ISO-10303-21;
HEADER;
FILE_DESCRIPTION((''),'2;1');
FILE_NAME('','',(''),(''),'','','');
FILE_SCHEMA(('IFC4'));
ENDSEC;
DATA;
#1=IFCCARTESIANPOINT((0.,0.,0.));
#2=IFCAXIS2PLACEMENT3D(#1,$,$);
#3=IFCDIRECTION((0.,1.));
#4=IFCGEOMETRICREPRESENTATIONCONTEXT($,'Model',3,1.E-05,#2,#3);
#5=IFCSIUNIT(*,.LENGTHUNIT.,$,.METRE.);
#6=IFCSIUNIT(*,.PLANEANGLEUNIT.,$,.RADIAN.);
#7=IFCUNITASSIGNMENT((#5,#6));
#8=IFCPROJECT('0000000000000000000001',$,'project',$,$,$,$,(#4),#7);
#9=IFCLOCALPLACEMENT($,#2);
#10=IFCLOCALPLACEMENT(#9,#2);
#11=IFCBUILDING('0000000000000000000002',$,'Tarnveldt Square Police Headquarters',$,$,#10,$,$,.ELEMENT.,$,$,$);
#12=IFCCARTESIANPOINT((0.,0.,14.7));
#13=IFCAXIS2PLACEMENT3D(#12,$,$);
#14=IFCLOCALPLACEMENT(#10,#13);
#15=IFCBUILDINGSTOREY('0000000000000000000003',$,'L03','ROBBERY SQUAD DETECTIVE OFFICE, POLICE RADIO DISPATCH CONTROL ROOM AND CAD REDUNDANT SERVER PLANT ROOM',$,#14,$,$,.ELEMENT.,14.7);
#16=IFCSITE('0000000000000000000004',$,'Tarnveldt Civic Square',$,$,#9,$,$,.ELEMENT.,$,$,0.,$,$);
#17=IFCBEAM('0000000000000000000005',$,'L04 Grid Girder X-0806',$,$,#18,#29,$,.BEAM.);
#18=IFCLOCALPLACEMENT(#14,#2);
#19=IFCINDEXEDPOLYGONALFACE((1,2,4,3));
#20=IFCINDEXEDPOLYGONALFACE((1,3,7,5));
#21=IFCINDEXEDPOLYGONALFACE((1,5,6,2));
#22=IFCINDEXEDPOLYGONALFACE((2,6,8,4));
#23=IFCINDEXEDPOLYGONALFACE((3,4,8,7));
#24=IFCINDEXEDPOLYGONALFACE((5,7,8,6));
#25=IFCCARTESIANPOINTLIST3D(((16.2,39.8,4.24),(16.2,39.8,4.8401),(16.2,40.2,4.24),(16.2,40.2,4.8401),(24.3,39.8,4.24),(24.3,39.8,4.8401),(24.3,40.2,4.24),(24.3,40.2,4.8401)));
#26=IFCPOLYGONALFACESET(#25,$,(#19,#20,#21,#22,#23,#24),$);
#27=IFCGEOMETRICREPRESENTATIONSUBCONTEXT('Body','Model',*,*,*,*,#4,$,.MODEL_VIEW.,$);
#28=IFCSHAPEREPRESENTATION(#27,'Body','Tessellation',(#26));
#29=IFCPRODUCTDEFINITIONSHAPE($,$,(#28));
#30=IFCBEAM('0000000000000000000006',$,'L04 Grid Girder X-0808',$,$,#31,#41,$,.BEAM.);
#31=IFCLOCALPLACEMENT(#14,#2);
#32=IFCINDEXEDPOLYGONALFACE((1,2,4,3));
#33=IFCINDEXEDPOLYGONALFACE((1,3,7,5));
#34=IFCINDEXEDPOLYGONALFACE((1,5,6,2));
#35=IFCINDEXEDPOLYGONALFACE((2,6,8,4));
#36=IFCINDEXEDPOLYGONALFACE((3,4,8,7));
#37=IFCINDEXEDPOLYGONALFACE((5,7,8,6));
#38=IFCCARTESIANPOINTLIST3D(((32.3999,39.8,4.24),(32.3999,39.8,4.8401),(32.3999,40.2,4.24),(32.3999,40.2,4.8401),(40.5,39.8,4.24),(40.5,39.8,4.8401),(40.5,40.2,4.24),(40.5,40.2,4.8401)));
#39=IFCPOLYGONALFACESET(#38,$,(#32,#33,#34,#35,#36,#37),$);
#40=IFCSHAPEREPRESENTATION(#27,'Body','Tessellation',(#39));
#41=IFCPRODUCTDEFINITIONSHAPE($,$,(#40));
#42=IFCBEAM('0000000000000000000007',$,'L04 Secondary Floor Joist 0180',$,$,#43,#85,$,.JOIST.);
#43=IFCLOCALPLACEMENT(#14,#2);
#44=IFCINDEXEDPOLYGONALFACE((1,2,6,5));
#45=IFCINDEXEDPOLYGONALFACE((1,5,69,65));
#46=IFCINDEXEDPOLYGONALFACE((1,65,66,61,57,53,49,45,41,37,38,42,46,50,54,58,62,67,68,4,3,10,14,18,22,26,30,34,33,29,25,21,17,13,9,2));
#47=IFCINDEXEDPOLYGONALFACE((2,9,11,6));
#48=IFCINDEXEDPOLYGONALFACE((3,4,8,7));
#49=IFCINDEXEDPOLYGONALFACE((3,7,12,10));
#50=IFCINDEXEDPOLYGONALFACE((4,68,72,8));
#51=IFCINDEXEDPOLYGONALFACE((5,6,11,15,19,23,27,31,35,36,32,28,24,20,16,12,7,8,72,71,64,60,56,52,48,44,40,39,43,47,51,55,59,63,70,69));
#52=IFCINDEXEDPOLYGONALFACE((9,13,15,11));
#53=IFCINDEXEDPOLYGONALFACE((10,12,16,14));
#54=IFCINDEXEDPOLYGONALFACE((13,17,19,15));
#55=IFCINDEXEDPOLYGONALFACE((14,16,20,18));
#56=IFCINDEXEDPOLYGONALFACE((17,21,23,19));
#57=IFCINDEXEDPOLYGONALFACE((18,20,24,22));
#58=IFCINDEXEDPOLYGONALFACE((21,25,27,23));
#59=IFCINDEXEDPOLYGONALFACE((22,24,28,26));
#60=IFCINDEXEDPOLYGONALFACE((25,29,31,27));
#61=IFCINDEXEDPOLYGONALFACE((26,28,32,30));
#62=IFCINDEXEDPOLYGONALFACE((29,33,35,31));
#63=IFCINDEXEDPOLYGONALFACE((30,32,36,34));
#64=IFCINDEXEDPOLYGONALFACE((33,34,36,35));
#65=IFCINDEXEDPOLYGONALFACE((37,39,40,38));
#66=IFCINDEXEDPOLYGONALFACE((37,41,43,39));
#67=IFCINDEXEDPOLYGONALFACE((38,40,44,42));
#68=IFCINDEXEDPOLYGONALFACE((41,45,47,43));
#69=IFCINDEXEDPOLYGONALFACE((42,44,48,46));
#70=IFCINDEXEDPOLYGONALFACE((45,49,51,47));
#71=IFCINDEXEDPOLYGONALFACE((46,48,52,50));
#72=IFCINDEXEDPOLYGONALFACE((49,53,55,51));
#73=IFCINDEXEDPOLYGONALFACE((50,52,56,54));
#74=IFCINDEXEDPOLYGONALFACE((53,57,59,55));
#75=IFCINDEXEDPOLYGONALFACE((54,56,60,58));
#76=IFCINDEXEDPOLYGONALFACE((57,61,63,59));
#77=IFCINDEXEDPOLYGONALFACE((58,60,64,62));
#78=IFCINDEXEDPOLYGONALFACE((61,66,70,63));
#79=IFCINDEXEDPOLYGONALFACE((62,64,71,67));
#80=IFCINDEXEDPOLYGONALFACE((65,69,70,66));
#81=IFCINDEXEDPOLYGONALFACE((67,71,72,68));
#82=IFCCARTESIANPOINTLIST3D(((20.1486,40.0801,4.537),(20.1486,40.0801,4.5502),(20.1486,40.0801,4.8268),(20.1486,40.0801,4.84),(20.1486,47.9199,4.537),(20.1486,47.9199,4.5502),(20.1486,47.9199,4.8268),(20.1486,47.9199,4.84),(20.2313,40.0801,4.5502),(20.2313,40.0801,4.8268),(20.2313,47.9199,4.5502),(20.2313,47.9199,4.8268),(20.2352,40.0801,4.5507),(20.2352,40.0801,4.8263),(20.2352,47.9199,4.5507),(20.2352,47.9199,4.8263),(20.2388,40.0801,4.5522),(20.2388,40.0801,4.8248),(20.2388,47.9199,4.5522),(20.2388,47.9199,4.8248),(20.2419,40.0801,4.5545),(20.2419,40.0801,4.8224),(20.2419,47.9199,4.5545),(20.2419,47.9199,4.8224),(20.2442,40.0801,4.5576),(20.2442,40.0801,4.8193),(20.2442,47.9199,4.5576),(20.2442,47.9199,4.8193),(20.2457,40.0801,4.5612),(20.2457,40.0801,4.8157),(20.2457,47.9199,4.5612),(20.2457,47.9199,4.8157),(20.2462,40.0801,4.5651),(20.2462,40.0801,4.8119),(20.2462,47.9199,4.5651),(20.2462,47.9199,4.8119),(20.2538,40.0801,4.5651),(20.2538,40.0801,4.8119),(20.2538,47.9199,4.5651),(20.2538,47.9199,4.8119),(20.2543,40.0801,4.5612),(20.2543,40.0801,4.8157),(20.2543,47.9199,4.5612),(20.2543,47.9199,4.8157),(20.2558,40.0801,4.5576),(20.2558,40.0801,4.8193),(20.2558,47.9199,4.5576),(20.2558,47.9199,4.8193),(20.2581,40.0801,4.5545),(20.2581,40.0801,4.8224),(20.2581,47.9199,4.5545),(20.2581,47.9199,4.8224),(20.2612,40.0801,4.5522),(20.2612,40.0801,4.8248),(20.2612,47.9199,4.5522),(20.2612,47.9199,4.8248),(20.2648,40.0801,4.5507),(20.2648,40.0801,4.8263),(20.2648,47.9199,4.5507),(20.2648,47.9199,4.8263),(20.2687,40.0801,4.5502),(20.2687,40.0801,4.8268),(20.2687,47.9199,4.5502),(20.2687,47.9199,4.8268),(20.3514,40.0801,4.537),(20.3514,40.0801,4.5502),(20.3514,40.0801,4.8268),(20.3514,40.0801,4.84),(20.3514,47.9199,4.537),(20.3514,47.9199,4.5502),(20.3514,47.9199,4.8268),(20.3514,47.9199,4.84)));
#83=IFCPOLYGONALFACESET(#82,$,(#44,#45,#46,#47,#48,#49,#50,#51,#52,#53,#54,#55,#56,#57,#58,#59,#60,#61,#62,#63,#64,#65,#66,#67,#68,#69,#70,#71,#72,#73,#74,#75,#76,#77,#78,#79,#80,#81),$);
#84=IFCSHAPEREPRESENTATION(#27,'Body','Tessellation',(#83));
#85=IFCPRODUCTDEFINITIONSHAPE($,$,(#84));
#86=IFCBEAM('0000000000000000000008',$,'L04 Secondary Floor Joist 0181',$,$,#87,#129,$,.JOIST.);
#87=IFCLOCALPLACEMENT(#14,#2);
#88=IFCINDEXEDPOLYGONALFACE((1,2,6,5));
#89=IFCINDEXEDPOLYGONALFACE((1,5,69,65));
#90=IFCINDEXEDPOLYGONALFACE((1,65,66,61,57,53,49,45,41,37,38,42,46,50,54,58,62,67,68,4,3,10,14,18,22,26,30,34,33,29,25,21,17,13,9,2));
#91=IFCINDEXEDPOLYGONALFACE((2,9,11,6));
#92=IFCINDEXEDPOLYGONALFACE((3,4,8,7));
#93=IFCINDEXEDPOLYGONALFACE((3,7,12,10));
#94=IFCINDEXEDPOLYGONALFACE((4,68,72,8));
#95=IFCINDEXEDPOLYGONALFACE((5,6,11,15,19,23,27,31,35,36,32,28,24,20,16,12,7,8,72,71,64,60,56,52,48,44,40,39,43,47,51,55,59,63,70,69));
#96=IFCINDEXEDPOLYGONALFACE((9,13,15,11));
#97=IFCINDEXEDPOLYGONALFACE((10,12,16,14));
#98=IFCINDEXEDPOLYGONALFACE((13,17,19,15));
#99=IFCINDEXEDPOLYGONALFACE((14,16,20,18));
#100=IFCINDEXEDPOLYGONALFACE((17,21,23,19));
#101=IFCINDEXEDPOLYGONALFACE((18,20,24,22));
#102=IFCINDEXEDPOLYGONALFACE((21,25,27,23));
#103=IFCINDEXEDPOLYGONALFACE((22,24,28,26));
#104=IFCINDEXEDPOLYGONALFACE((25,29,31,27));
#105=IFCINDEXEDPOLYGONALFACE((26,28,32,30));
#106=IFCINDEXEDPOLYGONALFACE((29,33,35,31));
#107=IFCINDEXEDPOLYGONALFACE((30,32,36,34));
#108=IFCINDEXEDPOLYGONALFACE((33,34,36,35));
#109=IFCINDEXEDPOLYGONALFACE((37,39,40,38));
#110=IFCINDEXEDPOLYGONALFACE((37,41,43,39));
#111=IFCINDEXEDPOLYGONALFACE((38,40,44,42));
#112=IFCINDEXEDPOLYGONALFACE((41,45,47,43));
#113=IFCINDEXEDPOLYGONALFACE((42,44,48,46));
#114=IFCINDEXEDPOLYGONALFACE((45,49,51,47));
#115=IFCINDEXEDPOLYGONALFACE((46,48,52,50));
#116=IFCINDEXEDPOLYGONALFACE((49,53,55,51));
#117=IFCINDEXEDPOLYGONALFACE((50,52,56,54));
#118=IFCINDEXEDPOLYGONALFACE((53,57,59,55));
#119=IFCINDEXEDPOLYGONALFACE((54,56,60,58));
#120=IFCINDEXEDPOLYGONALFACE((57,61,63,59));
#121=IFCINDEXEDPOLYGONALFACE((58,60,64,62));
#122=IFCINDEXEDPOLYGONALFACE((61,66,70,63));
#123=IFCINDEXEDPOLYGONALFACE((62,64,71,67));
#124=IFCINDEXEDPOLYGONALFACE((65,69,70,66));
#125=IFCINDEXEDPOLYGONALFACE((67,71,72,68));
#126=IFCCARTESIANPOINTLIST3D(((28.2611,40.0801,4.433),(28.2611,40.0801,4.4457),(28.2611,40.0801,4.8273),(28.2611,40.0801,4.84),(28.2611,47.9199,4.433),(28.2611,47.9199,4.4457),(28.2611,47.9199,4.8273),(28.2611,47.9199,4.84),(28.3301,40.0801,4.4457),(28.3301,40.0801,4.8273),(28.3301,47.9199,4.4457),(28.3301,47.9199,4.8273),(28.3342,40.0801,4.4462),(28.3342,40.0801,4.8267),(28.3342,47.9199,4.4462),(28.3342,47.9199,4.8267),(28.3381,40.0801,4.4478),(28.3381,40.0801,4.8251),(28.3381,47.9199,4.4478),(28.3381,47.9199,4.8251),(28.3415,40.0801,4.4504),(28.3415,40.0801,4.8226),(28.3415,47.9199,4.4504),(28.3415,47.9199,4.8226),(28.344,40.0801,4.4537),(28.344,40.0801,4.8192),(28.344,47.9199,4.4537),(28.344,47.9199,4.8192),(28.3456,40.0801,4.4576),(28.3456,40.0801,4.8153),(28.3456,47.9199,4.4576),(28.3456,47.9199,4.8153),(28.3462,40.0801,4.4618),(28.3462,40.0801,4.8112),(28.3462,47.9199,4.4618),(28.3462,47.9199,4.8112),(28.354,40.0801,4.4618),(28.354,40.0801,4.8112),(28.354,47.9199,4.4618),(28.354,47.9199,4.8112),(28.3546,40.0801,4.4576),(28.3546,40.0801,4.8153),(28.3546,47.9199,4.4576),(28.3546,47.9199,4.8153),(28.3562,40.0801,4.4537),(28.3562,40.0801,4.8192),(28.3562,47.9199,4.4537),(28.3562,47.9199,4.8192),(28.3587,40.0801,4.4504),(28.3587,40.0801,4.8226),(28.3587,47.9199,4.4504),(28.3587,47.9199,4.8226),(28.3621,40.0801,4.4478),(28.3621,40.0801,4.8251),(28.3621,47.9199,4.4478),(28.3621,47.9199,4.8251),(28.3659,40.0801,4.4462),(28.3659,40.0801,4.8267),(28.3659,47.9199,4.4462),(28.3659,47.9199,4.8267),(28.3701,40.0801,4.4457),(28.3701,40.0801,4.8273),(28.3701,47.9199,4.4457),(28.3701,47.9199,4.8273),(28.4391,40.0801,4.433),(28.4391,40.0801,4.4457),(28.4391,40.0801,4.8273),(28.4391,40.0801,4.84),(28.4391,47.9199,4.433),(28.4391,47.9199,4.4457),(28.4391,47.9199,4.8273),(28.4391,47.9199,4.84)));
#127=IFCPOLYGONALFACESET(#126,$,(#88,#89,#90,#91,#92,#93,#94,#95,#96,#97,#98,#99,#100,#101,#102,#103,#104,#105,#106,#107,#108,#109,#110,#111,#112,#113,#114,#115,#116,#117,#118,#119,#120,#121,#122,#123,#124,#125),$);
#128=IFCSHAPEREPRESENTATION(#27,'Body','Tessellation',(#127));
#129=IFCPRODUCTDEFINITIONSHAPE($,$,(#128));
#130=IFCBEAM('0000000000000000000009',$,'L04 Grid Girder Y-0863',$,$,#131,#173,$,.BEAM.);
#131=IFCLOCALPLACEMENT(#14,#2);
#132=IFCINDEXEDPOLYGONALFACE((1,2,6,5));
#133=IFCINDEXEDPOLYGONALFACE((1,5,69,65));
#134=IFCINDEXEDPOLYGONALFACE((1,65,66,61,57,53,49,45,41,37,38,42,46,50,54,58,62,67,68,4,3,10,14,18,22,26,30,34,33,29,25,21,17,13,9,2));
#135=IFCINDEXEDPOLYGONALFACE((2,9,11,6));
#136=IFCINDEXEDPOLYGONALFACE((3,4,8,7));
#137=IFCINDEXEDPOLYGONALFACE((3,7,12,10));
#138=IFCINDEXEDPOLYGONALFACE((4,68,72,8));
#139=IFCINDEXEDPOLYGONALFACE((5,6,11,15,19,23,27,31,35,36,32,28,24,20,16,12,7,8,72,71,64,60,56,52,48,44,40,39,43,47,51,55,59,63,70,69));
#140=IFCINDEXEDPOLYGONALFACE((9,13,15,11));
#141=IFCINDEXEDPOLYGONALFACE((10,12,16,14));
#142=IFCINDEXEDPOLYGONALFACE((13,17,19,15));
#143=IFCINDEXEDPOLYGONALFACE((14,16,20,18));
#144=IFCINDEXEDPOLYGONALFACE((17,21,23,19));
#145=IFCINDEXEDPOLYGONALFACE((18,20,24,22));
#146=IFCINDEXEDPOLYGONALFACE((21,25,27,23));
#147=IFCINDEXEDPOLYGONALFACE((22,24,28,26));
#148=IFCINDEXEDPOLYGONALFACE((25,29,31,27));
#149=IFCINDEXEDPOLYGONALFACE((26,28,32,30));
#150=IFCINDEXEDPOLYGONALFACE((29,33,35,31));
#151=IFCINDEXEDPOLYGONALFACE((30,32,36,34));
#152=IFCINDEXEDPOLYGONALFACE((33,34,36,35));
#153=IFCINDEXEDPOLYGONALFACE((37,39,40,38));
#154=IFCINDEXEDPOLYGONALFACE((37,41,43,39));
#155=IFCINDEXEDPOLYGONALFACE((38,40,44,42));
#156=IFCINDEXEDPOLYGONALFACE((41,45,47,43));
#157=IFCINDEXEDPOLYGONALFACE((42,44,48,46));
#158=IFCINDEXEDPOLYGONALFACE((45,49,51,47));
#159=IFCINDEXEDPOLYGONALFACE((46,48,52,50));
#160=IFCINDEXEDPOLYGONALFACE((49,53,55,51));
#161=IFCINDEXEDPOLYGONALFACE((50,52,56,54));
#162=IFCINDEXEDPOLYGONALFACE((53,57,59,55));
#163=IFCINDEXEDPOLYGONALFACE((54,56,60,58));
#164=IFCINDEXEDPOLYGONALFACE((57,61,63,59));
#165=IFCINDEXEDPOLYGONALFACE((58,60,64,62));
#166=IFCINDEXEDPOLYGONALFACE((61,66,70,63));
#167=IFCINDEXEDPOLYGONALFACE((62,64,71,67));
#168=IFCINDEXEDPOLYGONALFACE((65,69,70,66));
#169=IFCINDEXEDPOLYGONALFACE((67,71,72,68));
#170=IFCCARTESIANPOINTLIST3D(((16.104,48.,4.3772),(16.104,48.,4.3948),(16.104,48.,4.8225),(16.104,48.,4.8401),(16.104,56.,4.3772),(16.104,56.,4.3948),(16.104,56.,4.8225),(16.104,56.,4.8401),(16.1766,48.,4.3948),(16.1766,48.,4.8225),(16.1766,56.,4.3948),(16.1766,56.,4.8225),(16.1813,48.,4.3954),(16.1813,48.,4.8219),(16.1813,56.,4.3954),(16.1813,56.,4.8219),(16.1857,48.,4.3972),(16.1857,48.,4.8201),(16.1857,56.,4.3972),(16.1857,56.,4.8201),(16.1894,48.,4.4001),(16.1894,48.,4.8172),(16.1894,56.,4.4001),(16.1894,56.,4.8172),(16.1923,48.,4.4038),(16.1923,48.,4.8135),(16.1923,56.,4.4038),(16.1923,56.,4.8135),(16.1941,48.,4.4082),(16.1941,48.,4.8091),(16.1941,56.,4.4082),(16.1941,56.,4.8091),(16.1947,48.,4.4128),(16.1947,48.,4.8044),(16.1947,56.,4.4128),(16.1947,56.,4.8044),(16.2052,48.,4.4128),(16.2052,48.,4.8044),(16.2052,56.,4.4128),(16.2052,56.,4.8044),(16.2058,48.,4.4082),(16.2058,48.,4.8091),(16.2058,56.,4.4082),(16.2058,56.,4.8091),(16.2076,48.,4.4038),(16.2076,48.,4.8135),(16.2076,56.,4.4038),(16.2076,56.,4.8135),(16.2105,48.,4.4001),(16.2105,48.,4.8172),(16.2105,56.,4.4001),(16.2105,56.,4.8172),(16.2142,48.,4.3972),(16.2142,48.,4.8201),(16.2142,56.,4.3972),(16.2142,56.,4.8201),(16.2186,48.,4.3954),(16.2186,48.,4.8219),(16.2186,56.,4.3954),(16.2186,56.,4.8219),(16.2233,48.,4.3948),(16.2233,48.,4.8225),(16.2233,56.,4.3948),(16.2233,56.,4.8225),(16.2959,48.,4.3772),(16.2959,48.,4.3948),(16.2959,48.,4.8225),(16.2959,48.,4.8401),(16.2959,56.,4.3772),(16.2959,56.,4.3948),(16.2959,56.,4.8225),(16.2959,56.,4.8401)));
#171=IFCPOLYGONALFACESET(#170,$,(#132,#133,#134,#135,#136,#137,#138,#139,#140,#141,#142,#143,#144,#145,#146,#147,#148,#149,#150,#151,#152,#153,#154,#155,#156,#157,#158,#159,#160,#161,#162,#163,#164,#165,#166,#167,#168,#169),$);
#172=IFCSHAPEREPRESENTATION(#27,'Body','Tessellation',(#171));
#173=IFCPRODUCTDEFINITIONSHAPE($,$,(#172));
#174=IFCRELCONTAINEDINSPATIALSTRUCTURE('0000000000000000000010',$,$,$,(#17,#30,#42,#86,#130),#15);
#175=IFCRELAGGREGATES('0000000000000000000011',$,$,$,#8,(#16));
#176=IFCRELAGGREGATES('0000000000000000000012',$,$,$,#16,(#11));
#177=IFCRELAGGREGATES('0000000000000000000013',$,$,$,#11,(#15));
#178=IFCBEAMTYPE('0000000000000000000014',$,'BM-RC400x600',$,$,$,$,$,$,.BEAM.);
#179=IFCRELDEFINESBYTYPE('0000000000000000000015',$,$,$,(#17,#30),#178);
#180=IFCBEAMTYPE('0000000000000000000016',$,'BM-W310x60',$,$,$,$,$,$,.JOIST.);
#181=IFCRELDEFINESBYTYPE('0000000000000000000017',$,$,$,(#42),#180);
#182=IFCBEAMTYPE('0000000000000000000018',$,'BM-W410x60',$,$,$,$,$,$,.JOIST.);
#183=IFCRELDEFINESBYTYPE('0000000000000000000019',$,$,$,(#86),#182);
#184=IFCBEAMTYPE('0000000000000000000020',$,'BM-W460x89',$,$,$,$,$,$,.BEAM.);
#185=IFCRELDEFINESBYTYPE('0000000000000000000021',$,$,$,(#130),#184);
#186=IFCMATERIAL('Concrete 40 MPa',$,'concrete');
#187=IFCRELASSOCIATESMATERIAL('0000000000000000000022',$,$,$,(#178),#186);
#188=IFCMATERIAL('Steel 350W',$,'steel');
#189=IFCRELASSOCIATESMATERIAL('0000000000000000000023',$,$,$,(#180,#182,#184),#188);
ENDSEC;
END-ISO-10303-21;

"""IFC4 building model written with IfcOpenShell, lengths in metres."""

from ifc_helpers import new_model, si_unit, direction, frame, origin, origin_2d, place, context, subcontext, project, spatial, rectangle, i_section, extrude, material, material_profile, profile_set, type_object, element, save


model = new_model("IFC4")

# Units and contexts
model_context = context("Model", 3, precision=1e-05, world=origin(), true_north=direction((0.0, 1.0)))
body_context = subcontext(model_context, "Body", "Model", "MODEL_VIEW")
ifc_project = project(units=[si_unit("LENGTHUNIT", "METRE"), si_unit("PLANEANGLEUNIT", "RADIAN")], contexts=[model_context])

# Site, building, storey
site_placement = place(None, origin())
site = spatial("IfcSite", under=ifc_project, at=site_placement, Name="Tarnveldt Civic Square", CompositionType="ELEMENT", RefElevation=0.0)
building_placement = place(site_placement, origin())
building = spatial("IfcBuilding", under=site, at=building_placement, Name="Tarnveldt Square Police Headquarters", CompositionType="ELEMENT")
storey_placement = place(building_placement, frame((0.0, 0.0, 14.7)))
storey = spatial("IfcBuildingStorey", under=building, at=storey_placement, Name="L03", Description="ROBBERY SQUAD DETECTIVE OFFICE, POLICE RADIO DISPATCH CONTROL ROOM AND CAD REDUNDANT SERVER PLANT ROOM", CompositionType="ELEMENT", Elevation=14.7)

# Shared definitions
ifc_material_1 = material(Name="Concrete 40 MPa", Category="concrete")
ifc_material_2 = material(Name="Steel 350W", Category="steel")

# Beams
ifc_material_profile_1 = material_profile(ifc_material_1, rectangle(XDim=0.3999, YDim=0.6001, at=origin_2d()), Name="RC-B400x600")
ifc_profile_set_1 = profile_set([ifc_material_profile_1], Name="Concrete 40 MPa")
beam_type_1 = type_object("IfcBeamType", Name="BM-RC400x600", PredefinedType="BEAM", material=ifc_profile_set_1)
for number, where, z_axis, x_axis, name in (
    (1, (16.2, 40.0, 4.54), (1.0, 0.0, 0.0), (0.0, 1.0, 0.0), "L04 Grid Girder X-0806"),
    (2, (32.3999, 40.0, 4.54), (1.0, 0.0, 0.0), (0.0, 1.0, 0.0), "L04 Grid Girder X-0808"),
):
    element("IfcBeam", number, at=place(storey_placement, frame(where, z_axis=z_axis, x_axis=x_axis)), inside=storey, type_object=beam_type_1, Name=name, PredefinedType="BEAM", context=body_context, shape_type="SweptSolid", body=[
        extrude(rectangle(XDim=0.3999, YDim=0.6001, at=origin_2d()), origin(), (0.0, 0.0, 1.0), 8.1001),
    ])
ifc_material_profile_2 = material_profile(ifc_material_2, i_section(OverallWidth=0.2029, OverallDepth=0.303, WebThickness=0.0076, FlangeThickness=0.0132, FilletRadius=0.0149, at=origin_2d()), Name="W310x60")
ifc_profile_set_2 = profile_set([ifc_material_profile_2], Name="Steel 350W")
beam_type_2 = type_object("IfcBeamType", Name="BM-W310x60", PredefinedType="JOIST", material=ifc_profile_set_2)
beam_1_placement = place(storey_placement, frame((20.25, 40.0801, 4.6885), z_axis=(0.0, 1.0, 0.0), x_axis=(-1.0, 0.0, 0.0)))
element("IfcBeam", 3, at=beam_1_placement, inside=storey, type_object=beam_type_2, Name="L04 Secondary Floor Joist 0180", PredefinedType="JOIST", context=body_context, shape_type="SweptSolid", body=[
    extrude(i_section(OverallWidth=0.2029, OverallDepth=0.303, WebThickness=0.0076, FlangeThickness=0.0132, FilletRadius=0.0149, at=origin_2d()), origin(), (0.0, 0.0, 1.0), 7.8398),
])
ifc_material_profile_3 = material_profile(ifc_material_2, i_section(OverallWidth=0.178, OverallDepth=0.407, WebThickness=0.0078, FlangeThickness=0.0127, FilletRadius=0.0161, at=origin_2d()), Name="W410x60")
ifc_profile_set_3 = profile_set([ifc_material_profile_3], Name="Steel 350W")
beam_type_3 = type_object("IfcBeamType", Name="BM-W410x60", PredefinedType="JOIST", material=ifc_profile_set_3)
beam_2_placement = place(storey_placement, frame((28.3501, 40.0801, 4.6365), z_axis=(0.0, 1.0, 0.0), x_axis=(-1.0, 0.0, 0.0)))
element("IfcBeam", 4, at=beam_2_placement, inside=storey, type_object=beam_type_3, Name="L04 Secondary Floor Joist 0181", PredefinedType="JOIST", context=body_context, shape_type="SweptSolid", body=[
    extrude(i_section(OverallWidth=0.178, OverallDepth=0.407, WebThickness=0.0078, FlangeThickness=0.0127, FilletRadius=0.0161, at=origin_2d()), origin(), (0.0, 0.0, 1.0), 7.8398),
])
ifc_material_profile_4 = material_profile(ifc_material_2, i_section(OverallWidth=0.1919, OverallDepth=0.4629, WebThickness=0.0105, FlangeThickness=0.0176, FilletRadius=0.0181, at=origin_2d()), Name="W460x89")
ifc_profile_set_4 = profile_set([ifc_material_profile_4], Name="Steel 350W")
beam_type_4 = type_object("IfcBeamType", Name="BM-W460x89", PredefinedType="BEAM", material=ifc_profile_set_4)
for number, where, z_axis, x_axis, name in (
    (5, (16.2, 48.0, 4.6086), (0.0, 1.0, 0.0), (-1.0, 0.0, 0.0), "L04 Grid Girder Y-0863"),
):
    element("IfcBeam", number, at=place(storey_placement, frame(where, z_axis=z_axis, x_axis=x_axis)), inside=storey, type_object=beam_type_4, Name=name, PredefinedType="BEAM", context=body_context, shape_type="SweptSolid", body=[
        extrude(i_section(OverallWidth=0.1919, OverallDepth=0.4629, WebThickness=0.0105, FlangeThickness=0.0176, FilletRadius=0.0181, at=origin_2d()), origin(), (0.0, 0.0, 1.0), 8.0),
    ])

save(model, "model.ifc")
